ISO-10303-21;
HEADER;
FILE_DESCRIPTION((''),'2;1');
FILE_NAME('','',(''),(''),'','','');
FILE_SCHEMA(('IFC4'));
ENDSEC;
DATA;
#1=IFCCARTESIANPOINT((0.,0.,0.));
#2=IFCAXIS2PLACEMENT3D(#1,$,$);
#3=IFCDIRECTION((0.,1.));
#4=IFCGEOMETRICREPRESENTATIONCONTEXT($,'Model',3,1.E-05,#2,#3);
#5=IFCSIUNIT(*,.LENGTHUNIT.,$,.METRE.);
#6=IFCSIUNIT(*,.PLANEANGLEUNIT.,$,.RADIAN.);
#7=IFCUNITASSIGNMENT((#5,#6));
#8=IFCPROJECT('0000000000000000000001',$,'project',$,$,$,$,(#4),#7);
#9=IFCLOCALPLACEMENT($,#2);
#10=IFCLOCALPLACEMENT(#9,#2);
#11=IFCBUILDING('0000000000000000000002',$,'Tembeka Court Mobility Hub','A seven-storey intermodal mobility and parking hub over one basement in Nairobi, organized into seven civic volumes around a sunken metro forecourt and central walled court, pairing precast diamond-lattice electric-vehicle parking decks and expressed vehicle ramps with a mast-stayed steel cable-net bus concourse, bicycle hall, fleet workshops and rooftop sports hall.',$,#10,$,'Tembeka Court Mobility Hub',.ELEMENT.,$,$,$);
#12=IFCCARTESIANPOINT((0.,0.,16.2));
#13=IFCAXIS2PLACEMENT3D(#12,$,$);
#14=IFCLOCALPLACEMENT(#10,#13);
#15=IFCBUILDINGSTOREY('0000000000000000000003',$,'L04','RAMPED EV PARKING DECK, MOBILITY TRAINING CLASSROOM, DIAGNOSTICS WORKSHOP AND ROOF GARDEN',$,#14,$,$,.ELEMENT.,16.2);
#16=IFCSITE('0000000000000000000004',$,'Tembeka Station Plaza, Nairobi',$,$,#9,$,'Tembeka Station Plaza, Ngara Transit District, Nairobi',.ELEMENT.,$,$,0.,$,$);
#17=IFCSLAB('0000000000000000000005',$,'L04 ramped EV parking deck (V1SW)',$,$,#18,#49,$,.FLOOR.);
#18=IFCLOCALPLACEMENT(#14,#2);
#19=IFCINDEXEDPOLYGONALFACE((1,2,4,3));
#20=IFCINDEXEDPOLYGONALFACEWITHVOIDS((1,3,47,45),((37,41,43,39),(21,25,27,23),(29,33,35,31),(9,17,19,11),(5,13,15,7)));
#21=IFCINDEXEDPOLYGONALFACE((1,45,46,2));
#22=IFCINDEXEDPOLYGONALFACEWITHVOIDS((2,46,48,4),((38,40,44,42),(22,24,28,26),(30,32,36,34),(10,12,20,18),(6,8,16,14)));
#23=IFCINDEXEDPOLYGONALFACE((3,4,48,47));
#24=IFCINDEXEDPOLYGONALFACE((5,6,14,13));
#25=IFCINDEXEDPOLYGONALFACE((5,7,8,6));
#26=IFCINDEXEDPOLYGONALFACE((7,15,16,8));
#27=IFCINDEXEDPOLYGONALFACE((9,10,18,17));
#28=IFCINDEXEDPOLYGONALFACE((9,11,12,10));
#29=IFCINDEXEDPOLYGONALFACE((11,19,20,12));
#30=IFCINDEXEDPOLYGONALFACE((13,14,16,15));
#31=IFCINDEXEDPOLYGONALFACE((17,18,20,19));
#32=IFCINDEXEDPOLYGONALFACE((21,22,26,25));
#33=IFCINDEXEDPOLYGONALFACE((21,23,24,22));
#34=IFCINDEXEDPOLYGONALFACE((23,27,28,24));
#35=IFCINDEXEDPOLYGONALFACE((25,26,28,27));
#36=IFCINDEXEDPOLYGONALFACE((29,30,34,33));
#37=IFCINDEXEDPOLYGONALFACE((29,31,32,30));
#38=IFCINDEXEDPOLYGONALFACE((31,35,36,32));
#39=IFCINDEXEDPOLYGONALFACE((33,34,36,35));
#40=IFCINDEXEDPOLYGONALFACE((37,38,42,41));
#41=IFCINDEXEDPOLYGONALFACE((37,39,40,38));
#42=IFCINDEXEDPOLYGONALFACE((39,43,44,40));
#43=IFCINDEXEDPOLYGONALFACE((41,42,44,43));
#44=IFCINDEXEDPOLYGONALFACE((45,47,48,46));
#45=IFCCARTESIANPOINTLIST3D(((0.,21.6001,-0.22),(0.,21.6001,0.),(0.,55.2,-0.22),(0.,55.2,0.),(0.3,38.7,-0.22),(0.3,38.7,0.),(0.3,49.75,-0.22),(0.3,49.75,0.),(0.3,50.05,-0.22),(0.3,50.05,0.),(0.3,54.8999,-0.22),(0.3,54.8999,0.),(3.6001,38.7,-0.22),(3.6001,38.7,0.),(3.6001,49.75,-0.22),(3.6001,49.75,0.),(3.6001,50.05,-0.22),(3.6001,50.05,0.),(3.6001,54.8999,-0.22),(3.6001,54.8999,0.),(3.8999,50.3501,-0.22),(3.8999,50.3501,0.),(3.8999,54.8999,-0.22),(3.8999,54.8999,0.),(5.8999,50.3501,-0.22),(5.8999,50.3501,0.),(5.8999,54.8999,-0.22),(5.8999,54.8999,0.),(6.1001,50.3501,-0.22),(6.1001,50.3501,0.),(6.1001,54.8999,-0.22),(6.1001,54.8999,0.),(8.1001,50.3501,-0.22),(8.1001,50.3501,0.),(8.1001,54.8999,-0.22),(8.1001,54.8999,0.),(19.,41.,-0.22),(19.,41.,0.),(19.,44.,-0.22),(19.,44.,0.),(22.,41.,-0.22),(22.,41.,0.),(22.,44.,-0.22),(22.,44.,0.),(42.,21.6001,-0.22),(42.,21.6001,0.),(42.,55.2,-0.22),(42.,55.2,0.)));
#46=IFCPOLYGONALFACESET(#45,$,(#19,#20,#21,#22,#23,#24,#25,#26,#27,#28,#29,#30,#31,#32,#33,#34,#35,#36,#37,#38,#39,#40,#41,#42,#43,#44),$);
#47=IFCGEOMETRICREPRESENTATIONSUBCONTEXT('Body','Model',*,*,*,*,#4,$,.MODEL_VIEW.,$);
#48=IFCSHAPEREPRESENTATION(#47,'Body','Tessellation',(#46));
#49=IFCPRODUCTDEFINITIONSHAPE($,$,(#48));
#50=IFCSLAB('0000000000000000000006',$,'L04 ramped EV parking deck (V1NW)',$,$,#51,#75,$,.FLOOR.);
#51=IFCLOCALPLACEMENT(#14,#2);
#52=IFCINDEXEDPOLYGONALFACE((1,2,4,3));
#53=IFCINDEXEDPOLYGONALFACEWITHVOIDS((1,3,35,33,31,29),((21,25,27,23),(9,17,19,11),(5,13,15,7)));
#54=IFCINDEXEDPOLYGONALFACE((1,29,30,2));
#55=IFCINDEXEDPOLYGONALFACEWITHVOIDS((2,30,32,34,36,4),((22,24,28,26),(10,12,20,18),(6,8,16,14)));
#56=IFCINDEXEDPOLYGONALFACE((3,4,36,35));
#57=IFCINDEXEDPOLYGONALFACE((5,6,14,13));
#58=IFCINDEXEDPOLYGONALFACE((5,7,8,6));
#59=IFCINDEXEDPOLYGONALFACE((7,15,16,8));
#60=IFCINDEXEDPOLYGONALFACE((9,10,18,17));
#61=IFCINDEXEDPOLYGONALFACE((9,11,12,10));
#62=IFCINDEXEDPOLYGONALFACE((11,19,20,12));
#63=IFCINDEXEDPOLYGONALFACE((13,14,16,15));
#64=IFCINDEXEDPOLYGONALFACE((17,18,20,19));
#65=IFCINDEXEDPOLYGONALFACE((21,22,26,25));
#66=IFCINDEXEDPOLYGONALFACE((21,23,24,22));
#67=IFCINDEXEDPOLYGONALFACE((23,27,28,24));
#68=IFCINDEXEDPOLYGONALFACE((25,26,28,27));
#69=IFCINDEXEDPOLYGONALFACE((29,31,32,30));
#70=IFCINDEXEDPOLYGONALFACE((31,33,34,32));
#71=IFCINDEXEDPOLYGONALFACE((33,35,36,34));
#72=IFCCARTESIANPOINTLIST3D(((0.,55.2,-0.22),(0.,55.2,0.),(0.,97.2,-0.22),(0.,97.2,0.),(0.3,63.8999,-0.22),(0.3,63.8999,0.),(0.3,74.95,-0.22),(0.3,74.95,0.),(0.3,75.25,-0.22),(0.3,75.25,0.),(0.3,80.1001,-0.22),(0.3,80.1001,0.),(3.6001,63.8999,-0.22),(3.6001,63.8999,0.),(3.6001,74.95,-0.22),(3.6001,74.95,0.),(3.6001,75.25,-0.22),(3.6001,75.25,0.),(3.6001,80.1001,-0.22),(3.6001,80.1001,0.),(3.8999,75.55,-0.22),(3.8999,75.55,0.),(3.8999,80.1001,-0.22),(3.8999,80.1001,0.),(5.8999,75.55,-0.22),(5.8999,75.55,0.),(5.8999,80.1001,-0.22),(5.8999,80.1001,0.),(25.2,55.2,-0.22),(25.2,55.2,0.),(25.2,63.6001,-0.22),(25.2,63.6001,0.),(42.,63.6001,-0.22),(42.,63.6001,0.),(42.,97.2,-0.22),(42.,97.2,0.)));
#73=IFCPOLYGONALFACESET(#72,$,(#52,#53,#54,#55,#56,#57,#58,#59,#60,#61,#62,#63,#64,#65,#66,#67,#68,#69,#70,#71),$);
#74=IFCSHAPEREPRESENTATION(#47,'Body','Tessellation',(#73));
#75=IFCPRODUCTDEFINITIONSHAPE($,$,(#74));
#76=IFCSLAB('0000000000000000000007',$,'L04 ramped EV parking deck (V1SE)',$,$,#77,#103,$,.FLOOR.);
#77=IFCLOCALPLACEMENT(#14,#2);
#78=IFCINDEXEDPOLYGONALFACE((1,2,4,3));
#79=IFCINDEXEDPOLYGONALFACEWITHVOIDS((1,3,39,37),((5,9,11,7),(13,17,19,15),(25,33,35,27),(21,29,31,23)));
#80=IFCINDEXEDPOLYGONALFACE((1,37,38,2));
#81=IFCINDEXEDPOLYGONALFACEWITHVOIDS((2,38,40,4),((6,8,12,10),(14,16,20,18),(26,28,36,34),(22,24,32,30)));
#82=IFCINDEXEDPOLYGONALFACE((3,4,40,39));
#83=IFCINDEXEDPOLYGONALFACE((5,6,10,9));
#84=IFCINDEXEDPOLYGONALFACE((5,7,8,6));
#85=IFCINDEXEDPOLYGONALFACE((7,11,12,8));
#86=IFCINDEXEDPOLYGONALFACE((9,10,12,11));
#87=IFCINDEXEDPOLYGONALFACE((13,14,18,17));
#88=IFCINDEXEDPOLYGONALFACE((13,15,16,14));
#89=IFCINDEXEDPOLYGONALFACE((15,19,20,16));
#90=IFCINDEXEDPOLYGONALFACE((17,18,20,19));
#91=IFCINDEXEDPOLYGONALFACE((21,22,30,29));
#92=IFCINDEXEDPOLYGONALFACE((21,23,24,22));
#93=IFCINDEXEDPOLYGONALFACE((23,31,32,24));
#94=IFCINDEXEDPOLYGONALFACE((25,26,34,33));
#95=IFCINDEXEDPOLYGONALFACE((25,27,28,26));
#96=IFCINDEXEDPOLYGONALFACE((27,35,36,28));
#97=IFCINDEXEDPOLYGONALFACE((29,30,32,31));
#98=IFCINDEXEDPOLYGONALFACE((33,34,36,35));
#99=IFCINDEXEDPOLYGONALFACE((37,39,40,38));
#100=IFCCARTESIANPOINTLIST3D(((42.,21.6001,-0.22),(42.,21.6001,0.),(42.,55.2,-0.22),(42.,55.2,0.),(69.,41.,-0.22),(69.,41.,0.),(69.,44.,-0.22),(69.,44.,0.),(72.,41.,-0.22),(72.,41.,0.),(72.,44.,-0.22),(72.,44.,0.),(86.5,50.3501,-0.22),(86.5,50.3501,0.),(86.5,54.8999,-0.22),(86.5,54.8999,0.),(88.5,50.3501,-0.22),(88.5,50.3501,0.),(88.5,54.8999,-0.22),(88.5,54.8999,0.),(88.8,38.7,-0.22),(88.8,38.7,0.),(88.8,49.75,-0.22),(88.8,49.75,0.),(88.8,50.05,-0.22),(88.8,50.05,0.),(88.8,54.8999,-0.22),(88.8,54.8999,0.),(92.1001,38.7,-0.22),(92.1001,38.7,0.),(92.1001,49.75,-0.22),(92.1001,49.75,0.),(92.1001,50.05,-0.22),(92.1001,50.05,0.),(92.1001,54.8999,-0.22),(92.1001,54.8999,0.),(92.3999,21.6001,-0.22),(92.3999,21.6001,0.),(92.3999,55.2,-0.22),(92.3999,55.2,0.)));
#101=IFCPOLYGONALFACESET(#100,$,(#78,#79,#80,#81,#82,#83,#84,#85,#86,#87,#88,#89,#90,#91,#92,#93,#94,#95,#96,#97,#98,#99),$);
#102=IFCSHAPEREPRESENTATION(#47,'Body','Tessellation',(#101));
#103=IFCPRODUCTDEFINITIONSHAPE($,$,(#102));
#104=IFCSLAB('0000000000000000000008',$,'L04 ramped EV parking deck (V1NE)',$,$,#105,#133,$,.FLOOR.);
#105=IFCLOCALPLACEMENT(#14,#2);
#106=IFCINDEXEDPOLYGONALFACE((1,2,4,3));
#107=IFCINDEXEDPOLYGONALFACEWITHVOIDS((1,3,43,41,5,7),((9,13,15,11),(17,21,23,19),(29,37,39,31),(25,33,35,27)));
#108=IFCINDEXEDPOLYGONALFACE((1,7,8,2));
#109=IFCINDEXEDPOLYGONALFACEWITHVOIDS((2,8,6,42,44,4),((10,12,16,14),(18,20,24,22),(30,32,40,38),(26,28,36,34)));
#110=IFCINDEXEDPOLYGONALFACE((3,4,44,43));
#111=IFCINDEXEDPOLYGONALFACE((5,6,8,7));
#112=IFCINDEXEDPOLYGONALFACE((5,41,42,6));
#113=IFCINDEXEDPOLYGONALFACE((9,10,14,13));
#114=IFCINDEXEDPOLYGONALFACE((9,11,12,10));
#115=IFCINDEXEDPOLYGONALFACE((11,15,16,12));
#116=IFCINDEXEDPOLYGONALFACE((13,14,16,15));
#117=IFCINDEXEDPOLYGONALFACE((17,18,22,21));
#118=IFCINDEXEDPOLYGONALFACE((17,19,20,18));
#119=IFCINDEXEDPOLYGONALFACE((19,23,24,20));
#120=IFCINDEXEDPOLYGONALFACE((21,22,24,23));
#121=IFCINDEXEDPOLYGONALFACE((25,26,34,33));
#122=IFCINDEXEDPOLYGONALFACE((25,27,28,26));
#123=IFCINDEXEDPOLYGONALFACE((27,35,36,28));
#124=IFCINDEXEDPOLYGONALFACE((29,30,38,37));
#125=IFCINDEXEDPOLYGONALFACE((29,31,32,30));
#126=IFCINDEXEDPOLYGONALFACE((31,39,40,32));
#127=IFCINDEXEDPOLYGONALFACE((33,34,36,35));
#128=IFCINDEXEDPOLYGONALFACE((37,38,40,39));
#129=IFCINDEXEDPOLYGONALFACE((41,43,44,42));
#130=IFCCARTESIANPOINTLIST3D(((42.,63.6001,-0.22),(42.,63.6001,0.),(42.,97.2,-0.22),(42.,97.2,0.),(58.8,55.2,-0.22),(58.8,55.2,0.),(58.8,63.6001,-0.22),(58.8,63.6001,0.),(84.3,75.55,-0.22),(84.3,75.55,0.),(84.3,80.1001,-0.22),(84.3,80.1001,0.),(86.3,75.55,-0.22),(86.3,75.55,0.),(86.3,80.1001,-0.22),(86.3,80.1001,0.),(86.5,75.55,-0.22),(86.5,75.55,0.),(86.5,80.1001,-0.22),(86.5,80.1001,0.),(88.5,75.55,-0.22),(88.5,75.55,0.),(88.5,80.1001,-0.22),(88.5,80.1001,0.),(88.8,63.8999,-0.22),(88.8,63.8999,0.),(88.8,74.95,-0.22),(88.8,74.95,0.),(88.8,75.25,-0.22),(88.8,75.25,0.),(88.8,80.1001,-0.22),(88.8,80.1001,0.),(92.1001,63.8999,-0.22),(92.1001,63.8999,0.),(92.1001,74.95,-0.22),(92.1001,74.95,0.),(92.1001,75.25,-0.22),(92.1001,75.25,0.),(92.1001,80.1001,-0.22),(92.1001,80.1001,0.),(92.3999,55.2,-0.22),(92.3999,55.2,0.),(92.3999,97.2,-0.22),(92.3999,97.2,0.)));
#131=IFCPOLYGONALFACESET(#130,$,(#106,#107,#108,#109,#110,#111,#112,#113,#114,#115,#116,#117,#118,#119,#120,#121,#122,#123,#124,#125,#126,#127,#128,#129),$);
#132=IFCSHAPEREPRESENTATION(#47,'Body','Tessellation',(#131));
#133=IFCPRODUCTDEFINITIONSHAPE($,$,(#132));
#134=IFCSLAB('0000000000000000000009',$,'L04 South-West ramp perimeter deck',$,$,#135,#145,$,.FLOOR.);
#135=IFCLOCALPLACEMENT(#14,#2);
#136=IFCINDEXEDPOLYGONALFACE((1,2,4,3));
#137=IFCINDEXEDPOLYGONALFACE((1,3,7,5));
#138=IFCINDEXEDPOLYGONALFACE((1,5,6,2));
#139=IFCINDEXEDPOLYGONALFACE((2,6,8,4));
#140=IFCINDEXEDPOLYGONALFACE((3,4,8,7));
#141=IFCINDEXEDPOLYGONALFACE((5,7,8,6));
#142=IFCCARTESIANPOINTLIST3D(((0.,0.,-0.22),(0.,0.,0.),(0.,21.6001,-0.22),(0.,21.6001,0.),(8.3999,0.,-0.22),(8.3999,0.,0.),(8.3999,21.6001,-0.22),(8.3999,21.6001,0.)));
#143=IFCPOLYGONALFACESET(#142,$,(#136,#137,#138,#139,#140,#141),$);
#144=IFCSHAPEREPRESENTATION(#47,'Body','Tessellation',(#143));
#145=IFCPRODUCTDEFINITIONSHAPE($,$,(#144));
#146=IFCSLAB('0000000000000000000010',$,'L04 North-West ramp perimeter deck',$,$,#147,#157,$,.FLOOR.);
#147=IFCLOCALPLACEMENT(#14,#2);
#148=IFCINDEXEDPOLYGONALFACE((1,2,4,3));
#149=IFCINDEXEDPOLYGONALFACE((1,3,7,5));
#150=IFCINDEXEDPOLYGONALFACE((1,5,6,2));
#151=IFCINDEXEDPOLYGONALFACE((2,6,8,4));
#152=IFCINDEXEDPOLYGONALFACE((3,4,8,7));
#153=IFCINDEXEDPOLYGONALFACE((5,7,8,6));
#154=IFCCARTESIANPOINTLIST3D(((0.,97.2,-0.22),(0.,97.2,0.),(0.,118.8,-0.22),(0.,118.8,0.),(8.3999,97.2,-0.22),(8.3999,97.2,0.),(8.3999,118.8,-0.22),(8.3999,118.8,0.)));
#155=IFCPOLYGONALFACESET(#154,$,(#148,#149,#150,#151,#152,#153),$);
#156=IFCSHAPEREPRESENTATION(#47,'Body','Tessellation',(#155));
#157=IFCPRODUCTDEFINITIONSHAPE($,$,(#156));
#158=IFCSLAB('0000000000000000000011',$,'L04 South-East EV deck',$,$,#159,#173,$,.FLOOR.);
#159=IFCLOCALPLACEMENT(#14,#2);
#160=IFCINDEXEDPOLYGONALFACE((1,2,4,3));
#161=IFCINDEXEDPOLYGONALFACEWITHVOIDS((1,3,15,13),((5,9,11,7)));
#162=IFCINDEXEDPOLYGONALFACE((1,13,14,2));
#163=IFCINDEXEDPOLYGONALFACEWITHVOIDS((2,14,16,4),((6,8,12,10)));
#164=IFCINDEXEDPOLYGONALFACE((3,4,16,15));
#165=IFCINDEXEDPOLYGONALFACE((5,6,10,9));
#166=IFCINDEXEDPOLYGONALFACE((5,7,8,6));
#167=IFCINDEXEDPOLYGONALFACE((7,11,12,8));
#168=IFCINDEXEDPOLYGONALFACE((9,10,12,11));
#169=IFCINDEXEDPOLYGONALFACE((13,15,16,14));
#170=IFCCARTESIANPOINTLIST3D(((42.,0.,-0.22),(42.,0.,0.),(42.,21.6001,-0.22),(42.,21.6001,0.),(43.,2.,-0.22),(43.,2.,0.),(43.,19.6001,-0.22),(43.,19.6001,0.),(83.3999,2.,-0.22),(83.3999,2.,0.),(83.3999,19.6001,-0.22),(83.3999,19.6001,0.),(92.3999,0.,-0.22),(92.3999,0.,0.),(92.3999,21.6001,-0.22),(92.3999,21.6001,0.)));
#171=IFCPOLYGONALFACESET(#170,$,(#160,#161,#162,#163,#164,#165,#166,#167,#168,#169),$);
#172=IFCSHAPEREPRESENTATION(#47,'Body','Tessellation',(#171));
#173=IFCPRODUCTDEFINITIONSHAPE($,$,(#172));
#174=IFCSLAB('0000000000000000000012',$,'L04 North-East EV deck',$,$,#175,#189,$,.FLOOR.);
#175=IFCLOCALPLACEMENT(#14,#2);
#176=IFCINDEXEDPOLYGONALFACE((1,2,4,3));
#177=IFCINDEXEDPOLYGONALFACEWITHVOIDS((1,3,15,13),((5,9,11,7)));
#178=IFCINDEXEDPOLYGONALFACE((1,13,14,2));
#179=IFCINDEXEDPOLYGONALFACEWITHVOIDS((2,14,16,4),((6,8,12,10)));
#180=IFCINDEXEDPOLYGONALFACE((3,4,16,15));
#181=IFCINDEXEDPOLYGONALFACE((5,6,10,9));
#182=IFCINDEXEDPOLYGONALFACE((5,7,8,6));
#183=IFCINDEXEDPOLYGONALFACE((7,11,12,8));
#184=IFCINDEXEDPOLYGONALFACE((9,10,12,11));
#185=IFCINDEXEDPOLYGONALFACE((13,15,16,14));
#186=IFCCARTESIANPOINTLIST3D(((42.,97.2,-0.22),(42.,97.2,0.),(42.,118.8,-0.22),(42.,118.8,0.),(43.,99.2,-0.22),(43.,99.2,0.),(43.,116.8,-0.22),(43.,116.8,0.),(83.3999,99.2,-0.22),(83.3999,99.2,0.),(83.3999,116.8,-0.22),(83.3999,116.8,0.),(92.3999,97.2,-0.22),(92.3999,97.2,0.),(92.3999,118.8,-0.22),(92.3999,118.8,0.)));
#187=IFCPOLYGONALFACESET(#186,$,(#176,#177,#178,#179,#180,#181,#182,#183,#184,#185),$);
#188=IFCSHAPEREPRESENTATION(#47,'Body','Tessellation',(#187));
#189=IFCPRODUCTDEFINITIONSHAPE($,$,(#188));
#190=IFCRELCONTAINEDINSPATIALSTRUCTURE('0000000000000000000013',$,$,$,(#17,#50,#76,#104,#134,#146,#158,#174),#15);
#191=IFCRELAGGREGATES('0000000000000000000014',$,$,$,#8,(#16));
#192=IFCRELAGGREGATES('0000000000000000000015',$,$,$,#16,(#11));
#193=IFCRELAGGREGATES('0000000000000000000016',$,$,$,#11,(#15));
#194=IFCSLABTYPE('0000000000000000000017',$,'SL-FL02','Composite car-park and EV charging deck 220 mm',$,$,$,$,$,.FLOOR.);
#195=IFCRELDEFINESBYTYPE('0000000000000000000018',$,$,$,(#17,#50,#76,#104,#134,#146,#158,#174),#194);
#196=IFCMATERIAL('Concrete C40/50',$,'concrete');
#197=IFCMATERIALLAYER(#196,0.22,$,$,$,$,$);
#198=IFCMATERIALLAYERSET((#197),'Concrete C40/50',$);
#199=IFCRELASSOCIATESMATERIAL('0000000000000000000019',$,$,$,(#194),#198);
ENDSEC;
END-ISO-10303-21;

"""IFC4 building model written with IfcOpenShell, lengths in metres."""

from ifc_helpers import new_model, si_unit, direction, frame, origin, place, context, subcontext, project, spatial, polyline, outline, extrude, material, layer, layer_set, type_object, element, save


model = new_model("IFC4")

# Units and contexts
model_context = context("Model", 3, precision=1e-05, world=origin(), true_north=direction((0.0, 1.0)))
body_context = subcontext(model_context, "Body", "Model", "MODEL_VIEW")
ifc_project = project(units=[si_unit("LENGTHUNIT", "METRE"), si_unit("PLANEANGLEUNIT", "RADIAN")], contexts=[model_context])

# Site, building, storey
site_placement = place(None, origin())
site = spatial("IfcSite", under=ifc_project, at=site_placement, Name="Tembeka Station Plaza, Nairobi", LongName="Tembeka Station Plaza, Ngara Transit District, Nairobi", CompositionType="ELEMENT", RefElevation=0.0)
building_placement = place(site_placement, origin())
building = spatial("IfcBuilding", under=site, at=building_placement, Name="Tembeka Court Mobility Hub", Description="A seven-storey intermodal mobility and parking hub over one basement in Nairobi, organized into seven civic volumes around a sunken metro forecourt and central walled court, pairing precast diamond-lattice electric-vehicle parking decks and expressed vehicle ramps with a mast-stayed steel cable-net bus concourse, bicycle hall, fleet workshops and rooftop sports hall.", LongName="Tembeka Court Mobility Hub", CompositionType="ELEMENT")
storey_placement = place(building_placement, frame((0.0, 0.0, 16.2)))
storey = spatial("IfcBuildingStorey", under=building, at=storey_placement, Name="L04", Description="RAMPED EV PARKING DECK, MOBILITY TRAINING CLASSROOM, DIAGNOSTICS WORKSHOP AND ROOF GARDEN", CompositionType="ELEMENT", Elevation=16.2)

# Slabs
ifc_material_1 = material(Name="Concrete C40/50", Category="concrete")
ifc_layer_1 = layer(ifc_material_1, 0.22)
ifc_layer_set_1 = layer_set([ifc_layer_1], Name="Concrete C40/50")
slab_type_1 = type_object("IfcSlabType", Name="SL-FL02", Description="Composite car-park and EV charging deck 220 mm", PredefinedType="FLOOR", material=ifc_layer_set_1)
slab_1_placement = place(storey_placement, frame((0.0, 0.0, -0.22)))
element("IfcSlab", 1, at=slab_1_placement, inside=storey, type_object=slab_type_1, Name="L04 ramped EV parking deck (V1SW)", PredefinedType="FLOOR", context=body_context, shape_type="SweptSolid", body=[
    extrude(outline(polyline([(0.0, 21.6001), (42.0, 21.6001), (42.0, 55.2), (0.0, 55.2), (0.0, 21.6001)]), holes=[polyline([(0.3, 49.75), (3.6001, 49.75), (3.6001, 38.7), (0.3, 38.7), (0.3, 49.75)]), polyline([(3.8999, 54.8999), (5.8999, 54.8999), (5.8999, 50.3501), (3.8999, 50.3501), (3.8999, 54.8999)]), polyline([(6.1001, 54.8999), (8.1001, 54.8999), (8.1001, 50.3501), (6.1001, 50.3501), (6.1001, 54.8999)]), polyline([(0.3, 54.8999), (3.6001, 54.8999), (3.6001, 50.05), (0.3, 50.05), (0.3, 54.8999)]), polyline([(19.0, 44.0), (22.0, 44.0), (22.0, 41.0), (19.0, 41.0), (19.0, 44.0)])]), origin(), (0.0, 0.0, 1.0), 0.22),
])
slab_2_placement = place(storey_placement, frame((0.0, 0.0, -0.22)))
element("IfcSlab", 2, at=slab_2_placement, inside=storey, type_object=slab_type_1, Name="L04 ramped EV parking deck (V1NW)", PredefinedType="FLOOR", context=body_context, shape_type="SweptSolid", body=[
    extrude(outline(polyline([(0.0, 55.2), (25.2, 55.2), (25.2, 63.6001), (42.0, 63.6001), (42.0, 97.2), (0.0, 97.2), (0.0, 55.2)]), holes=[polyline([(0.3, 74.95), (3.6001, 74.95), (3.6001, 63.8999), (0.3, 63.8999), (0.3, 74.95)]), polyline([(3.8999, 80.1001), (5.8999, 80.1001), (5.8999, 75.55), (3.8999, 75.55), (3.8999, 80.1001)]), polyline([(0.3, 80.1001), (3.6001, 80.1001), (3.6001, 75.25), (0.3, 75.25), (0.3, 80.1001)])]), origin(), (0.0, 0.0, 1.0), 0.22),
])
slab_3_placement = place(storey_placement, frame((0.0, 0.0, -0.22)))
element("IfcSlab", 3, at=slab_3_placement, inside=storey, type_object=slab_type_1, Name="L04 ramped EV parking deck (V1SE)", PredefinedType="FLOOR", context=body_context, shape_type="SweptSolid", body=[
    extrude(outline(polyline([(42.0, 21.6001), (92.3999, 21.6001), (92.3999, 55.2), (42.0, 55.2), (42.0, 21.6001)]), holes=[polyline([(88.8, 49.75), (92.1001, 49.75), (92.1001, 38.7), (88.8, 38.7), (88.8, 49.75)]), polyline([(86.5, 54.8999), (88.5, 54.8999), (88.5, 50.3501), (86.5, 50.3501), (86.5, 54.8999)]), polyline([(88.8, 54.8999), (92.1001, 54.8999), (92.1001, 50.05), (88.8, 50.05), (88.8, 54.8999)]), polyline([(69.0, 44.0), (72.0, 44.0), (72.0, 41.0), (69.0, 41.0), (69.0, 44.0)])]), origin(), (0.0, 0.0, 1.0), 0.22),
])
slab_4_placement = place(storey_placement, frame((0.0, 0.0, -0.22)))
element("IfcSlab", 4, at=slab_4_placement, inside=storey, type_object=slab_type_1, Name="L04 ramped EV parking deck (V1NE)", PredefinedType="FLOOR", context=body_context, shape_type="SweptSolid", body=[
    extrude(outline(polyline([(42.0, 63.6001), (58.8, 63.6001), (58.8, 55.2), (92.3999, 55.2), (92.3999, 97.2), (42.0, 97.2), (42.0, 63.6001)]), holes=[polyline([(88.8, 74.95), (92.1001, 74.95), (92.1001, 63.8999), (88.8, 63.8999), (88.8, 74.95)]), polyline([(84.3, 80.1001), (86.3, 80.1001), (86.3, 75.55), (84.3, 75.55), (84.3, 80.1001)]), polyline([(86.5, 80.1001), (88.5, 80.1001), (88.5, 75.55), (86.5, 75.55), (86.5, 80.1001)]), polyline([(88.8, 80.1001), (92.1001, 80.1001), (92.1001, 75.25), (88.8, 75.25), (88.8, 80.1001)])]), origin(), (0.0, 0.0, 1.0), 0.22),
])
slab_5_placement = place(storey_placement, frame((0.0, 0.0, -0.22)))
element("IfcSlab", 5, at=slab_5_placement, inside=storey, type_object=slab_type_1, Name="L04 South-West ramp perimeter deck", PredefinedType="FLOOR", context=body_context, shape_type="SweptSolid", body=[
    extrude(outline(polyline([(0.0, 0.0), (8.3999, 0.0), (8.3999, 21.6001), (0.0, 21.6001), (0.0, 0.0)])), origin(), (0.0, 0.0, 1.0), 0.22),
])
slab_6_placement = place(storey_placement, frame((0.0, 0.0, -0.22)))
element("IfcSlab", 6, at=slab_6_placement, inside=storey, type_object=slab_type_1, Name="L04 North-West ramp perimeter deck", PredefinedType="FLOOR", context=body_context, shape_type="SweptSolid", body=[
    extrude(outline(polyline([(0.0, 97.2), (8.3999, 97.2), (8.3999, 118.8), (0.0, 118.8), (0.0, 97.2)])), origin(), (0.0, 0.0, 1.0), 0.22),
])
slab_7_placement = place(storey_placement, frame((0.0, 0.0, -0.22)))
element("IfcSlab", 7, at=slab_7_placement, inside=storey, type_object=slab_type_1, Name="L04 South-East EV deck", PredefinedType="FLOOR", context=body_context, shape_type="SweptSolid", body=[
    extrude(outline(polyline([(42.0, 0.0), (92.3999, 0.0), (92.3999, 21.6001), (42.0, 21.6001), (42.0, 0.0)]), holes=[polyline([(43.0, 19.6001), (83.3999, 19.6001), (83.3999, 2.0), (43.0, 2.0), (43.0, 19.6001)])]), origin(), (0.0, 0.0, 1.0), 0.22),
])
slab_8_placement = place(storey_placement, frame((0.0, 0.0, -0.22)))
element("IfcSlab", 8, at=slab_8_placement, inside=storey, type_object=slab_type_1, Name="L04 North-East EV deck", PredefinedType="FLOOR", context=body_context, shape_type="SweptSolid", body=[
    extrude(outline(polyline([(42.0, 97.2), (92.3999, 97.2), (92.3999, 118.8), (42.0, 118.8), (42.0, 97.2)]), holes=[polyline([(43.0, 116.8), (83.3999, 116.8), (83.3999, 99.2), (43.0, 99.2), (43.0, 116.8)])]), origin(), (0.0, 0.0, 1.0), 0.22),
])

save(model, "model.ifc")
